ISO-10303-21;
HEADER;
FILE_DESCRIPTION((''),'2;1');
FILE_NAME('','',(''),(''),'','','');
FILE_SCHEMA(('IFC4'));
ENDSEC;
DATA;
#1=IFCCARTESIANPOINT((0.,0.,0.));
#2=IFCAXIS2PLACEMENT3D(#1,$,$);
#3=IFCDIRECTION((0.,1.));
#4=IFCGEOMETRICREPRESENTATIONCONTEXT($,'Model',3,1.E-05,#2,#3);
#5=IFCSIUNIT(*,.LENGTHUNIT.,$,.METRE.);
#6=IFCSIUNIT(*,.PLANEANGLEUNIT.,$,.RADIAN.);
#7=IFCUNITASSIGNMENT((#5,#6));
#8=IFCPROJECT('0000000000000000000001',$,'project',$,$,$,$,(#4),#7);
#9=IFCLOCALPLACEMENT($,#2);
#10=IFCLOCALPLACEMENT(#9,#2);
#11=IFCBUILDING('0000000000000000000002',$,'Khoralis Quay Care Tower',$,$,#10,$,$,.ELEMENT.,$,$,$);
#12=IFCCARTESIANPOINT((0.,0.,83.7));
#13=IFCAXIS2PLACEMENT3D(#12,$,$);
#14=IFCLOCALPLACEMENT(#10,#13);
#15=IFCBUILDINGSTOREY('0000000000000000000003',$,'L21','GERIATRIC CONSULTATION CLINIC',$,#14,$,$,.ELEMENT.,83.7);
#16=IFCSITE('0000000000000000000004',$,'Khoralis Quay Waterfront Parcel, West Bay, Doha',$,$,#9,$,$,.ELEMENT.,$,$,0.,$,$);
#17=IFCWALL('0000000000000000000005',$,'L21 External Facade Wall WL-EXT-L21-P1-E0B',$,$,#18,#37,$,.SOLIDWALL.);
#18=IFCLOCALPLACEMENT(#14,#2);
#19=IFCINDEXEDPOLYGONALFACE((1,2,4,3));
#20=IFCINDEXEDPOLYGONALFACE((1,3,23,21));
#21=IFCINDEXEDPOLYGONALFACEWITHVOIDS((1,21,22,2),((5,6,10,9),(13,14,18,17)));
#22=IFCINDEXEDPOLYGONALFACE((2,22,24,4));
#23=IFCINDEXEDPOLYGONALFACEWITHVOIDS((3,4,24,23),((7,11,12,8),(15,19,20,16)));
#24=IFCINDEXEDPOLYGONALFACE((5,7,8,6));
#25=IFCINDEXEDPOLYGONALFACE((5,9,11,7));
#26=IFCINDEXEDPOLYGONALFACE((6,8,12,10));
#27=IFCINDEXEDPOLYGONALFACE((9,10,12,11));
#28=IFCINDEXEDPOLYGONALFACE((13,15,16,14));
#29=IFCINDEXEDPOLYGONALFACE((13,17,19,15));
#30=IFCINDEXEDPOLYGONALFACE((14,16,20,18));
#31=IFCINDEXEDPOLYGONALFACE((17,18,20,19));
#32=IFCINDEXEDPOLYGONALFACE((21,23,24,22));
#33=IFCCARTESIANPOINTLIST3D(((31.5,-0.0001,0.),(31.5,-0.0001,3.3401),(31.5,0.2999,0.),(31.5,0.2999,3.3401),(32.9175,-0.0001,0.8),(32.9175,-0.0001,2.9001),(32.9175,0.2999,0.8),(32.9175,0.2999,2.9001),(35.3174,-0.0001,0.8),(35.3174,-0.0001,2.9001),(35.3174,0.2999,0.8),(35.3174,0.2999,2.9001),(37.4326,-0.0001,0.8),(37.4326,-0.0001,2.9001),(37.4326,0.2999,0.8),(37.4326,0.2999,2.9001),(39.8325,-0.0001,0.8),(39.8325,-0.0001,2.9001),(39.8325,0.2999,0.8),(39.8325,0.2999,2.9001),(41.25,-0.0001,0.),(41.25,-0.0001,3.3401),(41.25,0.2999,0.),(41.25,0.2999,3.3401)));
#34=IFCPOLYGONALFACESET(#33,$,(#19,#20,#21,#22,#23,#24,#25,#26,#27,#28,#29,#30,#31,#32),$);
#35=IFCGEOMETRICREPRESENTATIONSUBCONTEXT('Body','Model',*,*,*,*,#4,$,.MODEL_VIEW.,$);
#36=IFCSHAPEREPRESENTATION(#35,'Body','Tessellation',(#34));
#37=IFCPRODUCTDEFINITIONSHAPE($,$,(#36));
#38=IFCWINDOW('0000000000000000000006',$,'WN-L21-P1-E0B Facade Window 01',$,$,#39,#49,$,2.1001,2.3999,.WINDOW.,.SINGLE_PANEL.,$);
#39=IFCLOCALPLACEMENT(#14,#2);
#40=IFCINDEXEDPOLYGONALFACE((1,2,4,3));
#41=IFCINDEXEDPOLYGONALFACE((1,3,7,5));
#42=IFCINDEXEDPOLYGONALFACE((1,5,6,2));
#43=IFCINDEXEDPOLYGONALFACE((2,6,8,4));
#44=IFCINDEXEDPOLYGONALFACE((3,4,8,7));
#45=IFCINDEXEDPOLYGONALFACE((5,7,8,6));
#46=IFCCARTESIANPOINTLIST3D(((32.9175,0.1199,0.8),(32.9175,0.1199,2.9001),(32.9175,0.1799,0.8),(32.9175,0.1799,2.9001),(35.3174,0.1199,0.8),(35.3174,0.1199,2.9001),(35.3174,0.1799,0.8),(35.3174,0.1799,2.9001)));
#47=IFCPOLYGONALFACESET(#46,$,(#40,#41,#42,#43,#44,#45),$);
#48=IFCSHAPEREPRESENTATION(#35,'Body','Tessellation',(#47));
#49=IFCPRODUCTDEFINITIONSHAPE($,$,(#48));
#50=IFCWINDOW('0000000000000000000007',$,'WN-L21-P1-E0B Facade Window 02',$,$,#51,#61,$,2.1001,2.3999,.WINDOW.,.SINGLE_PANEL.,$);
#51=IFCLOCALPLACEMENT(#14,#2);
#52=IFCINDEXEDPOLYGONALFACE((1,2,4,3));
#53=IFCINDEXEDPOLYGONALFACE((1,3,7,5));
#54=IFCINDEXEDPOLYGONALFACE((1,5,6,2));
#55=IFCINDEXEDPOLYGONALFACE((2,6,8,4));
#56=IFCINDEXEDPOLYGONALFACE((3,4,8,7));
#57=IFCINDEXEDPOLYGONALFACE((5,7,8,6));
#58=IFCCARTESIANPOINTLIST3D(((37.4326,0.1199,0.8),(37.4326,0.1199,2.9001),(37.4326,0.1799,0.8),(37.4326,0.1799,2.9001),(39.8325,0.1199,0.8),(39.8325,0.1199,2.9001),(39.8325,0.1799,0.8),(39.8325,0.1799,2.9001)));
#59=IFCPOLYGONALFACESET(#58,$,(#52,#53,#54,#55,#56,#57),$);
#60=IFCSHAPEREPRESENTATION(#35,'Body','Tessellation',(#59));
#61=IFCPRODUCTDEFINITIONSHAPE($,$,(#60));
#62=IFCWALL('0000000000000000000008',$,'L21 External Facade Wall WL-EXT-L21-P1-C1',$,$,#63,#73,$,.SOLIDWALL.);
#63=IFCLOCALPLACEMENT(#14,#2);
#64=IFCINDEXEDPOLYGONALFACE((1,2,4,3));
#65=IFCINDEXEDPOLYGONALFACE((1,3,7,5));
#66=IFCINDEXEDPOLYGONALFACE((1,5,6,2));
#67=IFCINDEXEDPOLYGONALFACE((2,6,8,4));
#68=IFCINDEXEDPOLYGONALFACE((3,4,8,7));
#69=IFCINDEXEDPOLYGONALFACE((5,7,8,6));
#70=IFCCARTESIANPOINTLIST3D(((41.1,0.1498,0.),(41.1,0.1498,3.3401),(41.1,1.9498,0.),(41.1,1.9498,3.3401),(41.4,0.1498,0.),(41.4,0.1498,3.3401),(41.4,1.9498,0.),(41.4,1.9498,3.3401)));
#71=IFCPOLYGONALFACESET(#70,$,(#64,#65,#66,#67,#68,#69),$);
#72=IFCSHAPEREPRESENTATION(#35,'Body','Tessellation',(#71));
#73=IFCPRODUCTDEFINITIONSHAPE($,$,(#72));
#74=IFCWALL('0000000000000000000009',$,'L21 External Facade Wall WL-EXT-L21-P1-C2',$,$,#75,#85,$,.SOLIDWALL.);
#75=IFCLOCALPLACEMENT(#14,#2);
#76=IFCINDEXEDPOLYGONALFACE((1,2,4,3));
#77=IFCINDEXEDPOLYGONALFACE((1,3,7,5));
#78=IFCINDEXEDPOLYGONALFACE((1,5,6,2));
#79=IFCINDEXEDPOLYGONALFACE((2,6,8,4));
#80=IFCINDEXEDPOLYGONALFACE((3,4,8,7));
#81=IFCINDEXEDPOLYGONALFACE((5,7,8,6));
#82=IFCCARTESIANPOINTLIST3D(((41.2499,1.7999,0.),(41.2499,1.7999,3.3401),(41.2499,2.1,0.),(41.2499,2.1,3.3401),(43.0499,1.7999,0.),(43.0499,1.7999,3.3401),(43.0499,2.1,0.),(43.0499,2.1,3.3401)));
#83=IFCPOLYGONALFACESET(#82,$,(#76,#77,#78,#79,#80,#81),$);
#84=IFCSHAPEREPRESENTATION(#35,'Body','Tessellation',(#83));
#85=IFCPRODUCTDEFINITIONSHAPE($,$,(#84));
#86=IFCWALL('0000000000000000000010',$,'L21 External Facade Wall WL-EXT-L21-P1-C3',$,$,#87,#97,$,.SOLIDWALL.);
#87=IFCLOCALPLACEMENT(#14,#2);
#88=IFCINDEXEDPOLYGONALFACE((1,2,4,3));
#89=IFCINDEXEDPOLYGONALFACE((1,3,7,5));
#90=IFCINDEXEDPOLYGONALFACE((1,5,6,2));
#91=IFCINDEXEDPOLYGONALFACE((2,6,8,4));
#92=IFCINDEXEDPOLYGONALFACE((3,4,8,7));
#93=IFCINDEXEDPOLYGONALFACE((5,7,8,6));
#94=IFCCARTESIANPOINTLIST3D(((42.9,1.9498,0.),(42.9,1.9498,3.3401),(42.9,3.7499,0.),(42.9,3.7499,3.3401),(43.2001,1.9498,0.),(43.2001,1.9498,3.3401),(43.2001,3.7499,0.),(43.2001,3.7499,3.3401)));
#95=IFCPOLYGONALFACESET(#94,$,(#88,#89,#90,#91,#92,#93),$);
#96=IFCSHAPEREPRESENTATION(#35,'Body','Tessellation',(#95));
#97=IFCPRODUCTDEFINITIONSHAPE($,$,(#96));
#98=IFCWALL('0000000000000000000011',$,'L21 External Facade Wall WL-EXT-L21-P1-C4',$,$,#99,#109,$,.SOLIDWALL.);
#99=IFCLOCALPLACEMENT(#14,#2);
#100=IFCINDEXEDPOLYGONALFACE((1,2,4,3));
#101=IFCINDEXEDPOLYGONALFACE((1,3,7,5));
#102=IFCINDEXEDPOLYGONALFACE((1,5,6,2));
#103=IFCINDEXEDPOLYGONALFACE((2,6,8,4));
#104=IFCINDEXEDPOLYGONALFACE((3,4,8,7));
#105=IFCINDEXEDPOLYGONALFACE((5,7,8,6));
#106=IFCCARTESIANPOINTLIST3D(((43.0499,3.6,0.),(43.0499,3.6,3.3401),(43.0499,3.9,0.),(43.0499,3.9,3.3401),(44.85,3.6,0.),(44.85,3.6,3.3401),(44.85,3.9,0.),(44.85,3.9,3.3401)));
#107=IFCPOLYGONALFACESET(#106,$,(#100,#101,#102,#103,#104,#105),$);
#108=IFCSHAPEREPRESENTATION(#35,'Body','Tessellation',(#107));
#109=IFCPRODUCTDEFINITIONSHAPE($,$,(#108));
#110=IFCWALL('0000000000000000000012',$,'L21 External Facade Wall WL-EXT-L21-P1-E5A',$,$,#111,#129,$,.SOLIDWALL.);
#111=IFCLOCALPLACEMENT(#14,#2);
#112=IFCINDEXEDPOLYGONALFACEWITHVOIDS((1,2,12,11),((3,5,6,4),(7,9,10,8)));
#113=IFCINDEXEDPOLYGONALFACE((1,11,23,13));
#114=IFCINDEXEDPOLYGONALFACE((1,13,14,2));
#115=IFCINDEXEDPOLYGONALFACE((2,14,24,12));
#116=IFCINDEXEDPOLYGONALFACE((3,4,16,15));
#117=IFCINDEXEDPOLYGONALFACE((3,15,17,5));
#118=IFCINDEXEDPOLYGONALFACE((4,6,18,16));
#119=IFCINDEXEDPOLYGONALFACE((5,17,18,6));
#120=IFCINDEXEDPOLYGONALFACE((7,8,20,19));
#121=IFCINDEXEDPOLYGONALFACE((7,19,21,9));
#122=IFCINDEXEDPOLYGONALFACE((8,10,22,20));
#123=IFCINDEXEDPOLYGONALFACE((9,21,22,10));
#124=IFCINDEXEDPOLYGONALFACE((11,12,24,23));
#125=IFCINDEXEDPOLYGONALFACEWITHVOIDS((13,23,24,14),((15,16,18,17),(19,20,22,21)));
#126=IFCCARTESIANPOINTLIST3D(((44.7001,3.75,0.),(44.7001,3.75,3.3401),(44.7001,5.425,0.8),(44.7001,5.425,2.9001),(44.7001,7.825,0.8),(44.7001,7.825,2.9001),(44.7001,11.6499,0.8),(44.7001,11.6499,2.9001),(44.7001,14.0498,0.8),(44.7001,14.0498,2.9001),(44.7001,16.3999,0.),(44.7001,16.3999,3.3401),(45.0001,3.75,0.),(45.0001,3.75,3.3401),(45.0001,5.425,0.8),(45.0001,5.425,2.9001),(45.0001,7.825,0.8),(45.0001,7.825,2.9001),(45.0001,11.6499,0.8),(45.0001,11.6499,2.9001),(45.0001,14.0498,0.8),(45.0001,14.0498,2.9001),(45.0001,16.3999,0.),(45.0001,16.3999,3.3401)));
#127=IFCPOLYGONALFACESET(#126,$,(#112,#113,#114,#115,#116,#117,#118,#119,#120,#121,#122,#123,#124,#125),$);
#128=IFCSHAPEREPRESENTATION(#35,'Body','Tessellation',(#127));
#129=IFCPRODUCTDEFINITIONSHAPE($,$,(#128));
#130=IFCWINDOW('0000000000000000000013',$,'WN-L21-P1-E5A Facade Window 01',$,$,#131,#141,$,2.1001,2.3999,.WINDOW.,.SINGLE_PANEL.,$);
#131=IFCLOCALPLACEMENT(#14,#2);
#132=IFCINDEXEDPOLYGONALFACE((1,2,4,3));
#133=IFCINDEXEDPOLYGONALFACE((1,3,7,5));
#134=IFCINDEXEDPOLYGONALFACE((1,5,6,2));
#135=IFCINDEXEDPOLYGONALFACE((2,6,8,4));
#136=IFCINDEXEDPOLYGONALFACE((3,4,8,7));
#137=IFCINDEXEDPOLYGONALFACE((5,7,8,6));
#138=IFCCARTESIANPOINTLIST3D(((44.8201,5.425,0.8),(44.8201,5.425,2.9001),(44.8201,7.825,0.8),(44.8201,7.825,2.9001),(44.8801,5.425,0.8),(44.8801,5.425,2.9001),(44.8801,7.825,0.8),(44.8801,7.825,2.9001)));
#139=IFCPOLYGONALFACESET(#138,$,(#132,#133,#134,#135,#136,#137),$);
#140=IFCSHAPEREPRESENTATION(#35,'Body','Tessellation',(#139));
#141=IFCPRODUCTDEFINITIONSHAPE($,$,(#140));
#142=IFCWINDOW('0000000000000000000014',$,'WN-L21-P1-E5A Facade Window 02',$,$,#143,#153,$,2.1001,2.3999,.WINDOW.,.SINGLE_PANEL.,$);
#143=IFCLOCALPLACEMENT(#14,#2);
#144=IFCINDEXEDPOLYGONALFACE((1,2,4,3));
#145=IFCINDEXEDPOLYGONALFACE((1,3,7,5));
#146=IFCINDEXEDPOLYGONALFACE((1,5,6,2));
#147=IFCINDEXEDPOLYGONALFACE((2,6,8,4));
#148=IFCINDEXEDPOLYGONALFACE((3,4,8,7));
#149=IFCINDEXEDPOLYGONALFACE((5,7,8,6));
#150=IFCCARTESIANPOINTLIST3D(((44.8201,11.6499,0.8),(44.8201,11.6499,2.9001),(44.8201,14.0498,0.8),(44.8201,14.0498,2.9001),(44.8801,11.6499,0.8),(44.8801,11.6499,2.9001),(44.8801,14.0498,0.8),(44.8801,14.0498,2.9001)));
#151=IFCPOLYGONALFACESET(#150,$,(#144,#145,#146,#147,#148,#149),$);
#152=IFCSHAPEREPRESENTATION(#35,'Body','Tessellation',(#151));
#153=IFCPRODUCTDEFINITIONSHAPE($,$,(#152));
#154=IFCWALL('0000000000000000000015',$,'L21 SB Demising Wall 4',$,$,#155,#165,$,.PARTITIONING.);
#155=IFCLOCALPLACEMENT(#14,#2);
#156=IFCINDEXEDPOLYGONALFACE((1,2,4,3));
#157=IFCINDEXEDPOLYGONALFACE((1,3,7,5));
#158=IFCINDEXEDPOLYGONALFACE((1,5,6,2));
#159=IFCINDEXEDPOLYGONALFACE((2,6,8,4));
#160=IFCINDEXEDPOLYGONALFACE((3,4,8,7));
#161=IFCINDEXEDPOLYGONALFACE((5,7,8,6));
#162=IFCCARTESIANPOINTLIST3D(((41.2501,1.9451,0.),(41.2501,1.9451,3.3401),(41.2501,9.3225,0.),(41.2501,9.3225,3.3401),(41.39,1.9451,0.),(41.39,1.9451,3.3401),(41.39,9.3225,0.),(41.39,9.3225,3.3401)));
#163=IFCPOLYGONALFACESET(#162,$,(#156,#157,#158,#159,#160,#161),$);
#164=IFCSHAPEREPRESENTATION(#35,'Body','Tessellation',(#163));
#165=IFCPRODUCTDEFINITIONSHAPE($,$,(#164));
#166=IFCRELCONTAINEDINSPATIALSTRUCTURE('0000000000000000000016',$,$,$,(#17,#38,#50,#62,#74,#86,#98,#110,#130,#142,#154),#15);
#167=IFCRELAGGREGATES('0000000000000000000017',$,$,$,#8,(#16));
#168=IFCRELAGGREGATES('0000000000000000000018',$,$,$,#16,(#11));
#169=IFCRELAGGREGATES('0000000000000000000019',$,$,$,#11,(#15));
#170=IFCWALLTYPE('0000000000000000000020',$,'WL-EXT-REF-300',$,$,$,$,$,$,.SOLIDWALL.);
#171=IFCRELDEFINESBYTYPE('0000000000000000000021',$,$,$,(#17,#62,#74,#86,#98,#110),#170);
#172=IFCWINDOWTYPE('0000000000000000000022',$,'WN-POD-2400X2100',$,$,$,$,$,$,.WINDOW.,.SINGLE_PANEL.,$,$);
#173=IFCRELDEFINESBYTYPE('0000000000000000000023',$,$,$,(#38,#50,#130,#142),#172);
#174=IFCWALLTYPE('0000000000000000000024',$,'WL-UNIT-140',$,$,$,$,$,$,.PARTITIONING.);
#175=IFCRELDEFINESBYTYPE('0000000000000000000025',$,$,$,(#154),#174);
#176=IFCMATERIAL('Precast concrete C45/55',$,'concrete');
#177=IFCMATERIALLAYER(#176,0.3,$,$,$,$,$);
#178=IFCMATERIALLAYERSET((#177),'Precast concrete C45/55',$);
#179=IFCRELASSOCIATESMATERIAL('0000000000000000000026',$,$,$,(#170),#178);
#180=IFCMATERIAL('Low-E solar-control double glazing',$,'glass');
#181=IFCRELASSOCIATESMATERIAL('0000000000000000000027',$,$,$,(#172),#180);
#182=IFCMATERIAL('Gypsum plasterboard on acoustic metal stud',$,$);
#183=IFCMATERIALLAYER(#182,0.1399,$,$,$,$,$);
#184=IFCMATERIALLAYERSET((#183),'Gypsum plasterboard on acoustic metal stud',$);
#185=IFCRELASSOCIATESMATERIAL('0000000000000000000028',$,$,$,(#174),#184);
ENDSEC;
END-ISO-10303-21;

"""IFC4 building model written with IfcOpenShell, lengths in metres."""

from ifc_helpers import new_model, si_unit, direction, frame, frame_2d, origin, place, context, subcontext, project, spatial, rectangle, extrude, source, transform, mapped, material, layer, layer_set, type_object, element, fill, save


model = new_model("IFC4")

# Units and contexts
model_context = context("Model", 3, precision=1e-05, world=origin(), true_north=direction((0.0, 1.0)))
body_context = subcontext(model_context, "Body", "Model", "MODEL_VIEW")
ifc_project = project(units=[si_unit("LENGTHUNIT", "METRE"), si_unit("PLANEANGLEUNIT", "RADIAN")], contexts=[model_context])

# Site, building, storey
site_placement = place(None, origin())
site = spatial("IfcSite", under=ifc_project, at=site_placement, Name="Khoralis Quay Waterfront Parcel, West Bay, Doha", CompositionType="ELEMENT", RefElevation=0.0)
building_placement = place(site_placement, origin())
building = spatial("IfcBuilding", under=site, at=building_placement, Name="Khoralis Quay Care Tower", CompositionType="ELEMENT")
storey_placement = place(building_placement, frame((0.0, 0.0, 83.7)))
storey = spatial("IfcBuildingStorey", under=building, at=storey_placement, Name="L21", Description="GERIATRIC CONSULTATION CLINIC", CompositionType="ELEMENT", Elevation=83.7)

# Shared definitions
ifc_material_1 = material(Name="Gypsum plasterboard on acoustic metal stud")

# Wall, openings, windows
ifc_material_2 = material(Name="Precast concrete C45/55", Category="concrete")
ifc_layer_1 = layer(ifc_material_2, 0.3)
ifc_layer_set_1 = layer_set([ifc_layer_1], Name="Precast concrete C45/55")
wall_type_1 = type_object("IfcWallType", Name="WL-EXT-REF-300", PredefinedType="SOLIDWALL", material=ifc_layer_set_1)
wall_1_placement = place(storey_placement, frame((31.5, 0.1499, 0.0), z_axis=(0.0, 0.0, 1.0), x_axis=(1.0, 0.0, 0.0)))
wall_1 = element("IfcWall", 1, at=wall_1_placement, inside=storey, type_object=wall_type_1, Name="L21 External Facade Wall WL-EXT-L21-P1-E0B", PredefinedType="SOLIDWALL", context=body_context, shape_type="SweptSolid", body=[
    extrude(rectangle(XDim=9.75, YDim=0.3, at=frame_2d((4.875, 0.0))), origin(), (0.0, 0.0, 1.0), 3.3401),
])
opening_1_placement = place(wall_1_placement, frame((1.4175, 0.0, 0.8)))
opening_1 = element("IfcOpeningElement", 2, at=opening_1_placement, cuts=wall_1, PredefinedType="OPENING", context=body_context, shape_type="SweptSolid", body=[
    extrude(rectangle(XDim=2.3999, YDim=2.1001, at=frame_2d((1.2, 1.05))), frame((0.0, 0.1602, 0.0), z_axis=(0.0, -1.0, 0.0), x_axis=(1.0, 0.0, 0.0)), (0.0, 0.0, 1.0), 0.3201),
])
opening_2_placement = place(wall_1_placement, frame((5.9326, 0.0, 0.8)))
opening_2 = element("IfcOpeningElement", 3, at=opening_2_placement, cuts=wall_1, PredefinedType="OPENING", context=body_context, shape_type="SweptSolid", body=[
    extrude(rectangle(XDim=2.3999, YDim=2.1001, at=frame_2d((1.2, 1.05))), frame((0.0, 0.1602, 0.0), z_axis=(0.0, -1.0, 0.0), x_axis=(1.0, 0.0, 0.0)), (0.0, 0.0, 1.0), 0.3201),
])
ifc_material_3 = material(Name="Low-E solar-control double glazing", Category="glass")
window_type = type_object("IfcWindowType", Name="WN-POD-2400X2100", PartitioningType="SINGLE_PANEL", PredefinedType="WINDOW", material=ifc_material_3)
shared_shape_1 = source(origin(), body_context, "Body", "SweptSolid", [
    extrude(rectangle(XDim=2.3999, YDim=2.1001, at=frame_2d((1.2, 1.05))), frame((0.0, 0.03, 0.0), z_axis=(0.0, -1.0, 0.0), x_axis=(1.0, 0.0, 0.0)), (0.0, 0.0, 1.0), 0.0601),
])
window_1_placement = place(opening_1_placement, origin())
window_1 = element("IfcWindow", 4, at=window_1_placement, inside=storey, type_object=window_type, Name="WN-L21-P1-E0B Facade Window 01", OverallHeight=2.1001, OverallWidth=2.3999, PartitioningType="SINGLE_PANEL", PredefinedType="WINDOW", context=body_context, shape_type="MappedRepresentation", body=[
    mapped(shared_shape_1, transform((0.0, 0.0, 0.0), scale=1.0)),
])
fill(opening_1, window_1)
window_2_placement = place(opening_2_placement, origin())
window_2 = element("IfcWindow", 5, at=window_2_placement, inside=storey, type_object=window_type, Name="WN-L21-P1-E0B Facade Window 02", OverallHeight=2.1001, OverallWidth=2.3999, PartitioningType="SINGLE_PANEL", PredefinedType="WINDOW", context=body_context, shape_type="MappedRepresentation", body=[
    mapped(shared_shape_1, transform((0.0, 0.0, 0.0), scale=1.0)),
])
fill(opening_2, window_2)

# Walls
for number, where, z_axis, x_axis, name in (
    (6, (41.25, 0.1499, 0.0), (0.0, 0.0, 1.0), (0.0, 1.0, 0.0), "L21 External Facade Wall WL-EXT-L21-P1-C1"),
    (7, (41.25, 1.95, 0.0), (0.0, 0.0, 1.0), (1.0, 0.0, 0.0), "L21 External Facade Wall WL-EXT-L21-P1-C2"),
    (8, (43.05, 1.95, 0.0), (0.0, 0.0, 1.0), (0.0, 1.0, 0.0), "L21 External Facade Wall WL-EXT-L21-P1-C3"),
    (9, (43.05, 3.75, 0.0), (0.0, 0.0, 1.0), (1.0, 0.0, 0.0), "L21 External Facade Wall WL-EXT-L21-P1-C4"),
):
    element("IfcWall", number, at=place(storey_placement, frame(where, z_axis=z_axis, x_axis=x_axis)), inside=storey, type_object=wall_type_1, Name=name, PredefinedType="SOLIDWALL", context=body_context, shape_type="SweptSolid", body=[
        extrude(rectangle(XDim=1.8, YDim=0.3, at=frame_2d((0.8999, 0.0))), origin(), (0.0, 0.0, 1.0), 3.3401),
    ])

# Wall, openings, windows
wall_2_placement = place(storey_placement, frame((44.8501, 3.75, 0.0), z_axis=(0.0, 0.0, 1.0), x_axis=(0.0, 1.0, 0.0)))
wall_2 = element("IfcWall", 10, at=wall_2_placement, inside=storey, type_object=wall_type_1, Name="L21 External Facade Wall WL-EXT-L21-P1-E5A", PredefinedType="SOLIDWALL", context=body_context, shape_type="SweptSolid", body=[
    extrude(rectangle(XDim=12.6499, YDim=0.3, at=frame_2d((6.325, 0.0))), origin(), (0.0, 0.0, 1.0), 3.3401),
])
opening_3_placement = place(wall_2_placement, frame((1.675, 0.0, 0.8)))
opening_3 = element("IfcOpeningElement", 11, at=opening_3_placement, cuts=wall_2, PredefinedType="OPENING", context=body_context, shape_type="SweptSolid", body=[
    extrude(rectangle(XDim=2.3999, YDim=2.1001, at=frame_2d((1.2, 1.05))), frame((0.0, 0.1602, 0.0), z_axis=(0.0, -1.0, 0.0), x_axis=(1.0, 0.0, 0.0)), (0.0, 0.0, 1.0), 0.3201),
])
opening_4_placement = place(wall_2_placement, frame((7.8999, 0.0, 0.8)))
opening_4 = element("IfcOpeningElement", 12, at=opening_4_placement, cuts=wall_2, PredefinedType="OPENING", context=body_context, shape_type="SweptSolid", body=[
    extrude(rectangle(XDim=2.3999, YDim=2.1001, at=frame_2d((1.2, 1.05))), frame((0.0, 0.1602, 0.0), z_axis=(0.0, -1.0, 0.0), x_axis=(1.0, 0.0, 0.0)), (0.0, 0.0, 1.0), 0.3201),
])
window_3_placement = place(opening_3_placement, origin())
window_3 = element("IfcWindow", 13, at=window_3_placement, inside=storey, type_object=window_type, Name="WN-L21-P1-E5A Facade Window 01", OverallHeight=2.1001, OverallWidth=2.3999, PartitioningType="SINGLE_PANEL", PredefinedType="WINDOW", context=body_context, shape_type="MappedRepresentation", body=[
    mapped(shared_shape_1, transform((0.0, 0.0, 0.0), scale=1.0)),
])
fill(opening_3, window_3)
window_4_placement = place(opening_4_placement, origin())
window_4 = element("IfcWindow", 14, at=window_4_placement, inside=storey, type_object=window_type, Name="WN-L21-P1-E5A Facade Window 02", OverallHeight=2.1001, OverallWidth=2.3999, PartitioningType="SINGLE_PANEL", PredefinedType="WINDOW", context=body_context, shape_type="MappedRepresentation", body=[
    mapped(shared_shape_1, transform((0.0, 0.0, 0.0), scale=1.0)),
])
fill(opening_4, window_4)

# Wall
ifc_layer_2 = layer(ifc_material_1, 0.1399)
ifc_layer_set_2 = layer_set([ifc_layer_2], Name="Gypsum plasterboard on acoustic metal stud")
wall_type_2 = type_object("IfcWallType", Name="WL-UNIT-140", PredefinedType="PARTITIONING", material=ifc_layer_set_2)
wall_3_placement = place(storey_placement, frame((41.3201, 1.9451, 0.0), z_axis=(0.0, 0.0, 1.0), x_axis=(0.0, 1.0, 0.0)))
element("IfcWall", 15, at=wall_3_placement, inside=storey, type_object=wall_type_2, Name="L21 SB Demising Wall 4", PredefinedType="PARTITIONING", context=body_context, shape_type="SweptSolid", body=[
    extrude(rectangle(XDim=7.3774, YDim=0.1399, at=frame_2d((3.6887, 0.0))), origin(), (0.0, 0.0, 1.0), 3.3401),
])

save(model, "model.ifc")
